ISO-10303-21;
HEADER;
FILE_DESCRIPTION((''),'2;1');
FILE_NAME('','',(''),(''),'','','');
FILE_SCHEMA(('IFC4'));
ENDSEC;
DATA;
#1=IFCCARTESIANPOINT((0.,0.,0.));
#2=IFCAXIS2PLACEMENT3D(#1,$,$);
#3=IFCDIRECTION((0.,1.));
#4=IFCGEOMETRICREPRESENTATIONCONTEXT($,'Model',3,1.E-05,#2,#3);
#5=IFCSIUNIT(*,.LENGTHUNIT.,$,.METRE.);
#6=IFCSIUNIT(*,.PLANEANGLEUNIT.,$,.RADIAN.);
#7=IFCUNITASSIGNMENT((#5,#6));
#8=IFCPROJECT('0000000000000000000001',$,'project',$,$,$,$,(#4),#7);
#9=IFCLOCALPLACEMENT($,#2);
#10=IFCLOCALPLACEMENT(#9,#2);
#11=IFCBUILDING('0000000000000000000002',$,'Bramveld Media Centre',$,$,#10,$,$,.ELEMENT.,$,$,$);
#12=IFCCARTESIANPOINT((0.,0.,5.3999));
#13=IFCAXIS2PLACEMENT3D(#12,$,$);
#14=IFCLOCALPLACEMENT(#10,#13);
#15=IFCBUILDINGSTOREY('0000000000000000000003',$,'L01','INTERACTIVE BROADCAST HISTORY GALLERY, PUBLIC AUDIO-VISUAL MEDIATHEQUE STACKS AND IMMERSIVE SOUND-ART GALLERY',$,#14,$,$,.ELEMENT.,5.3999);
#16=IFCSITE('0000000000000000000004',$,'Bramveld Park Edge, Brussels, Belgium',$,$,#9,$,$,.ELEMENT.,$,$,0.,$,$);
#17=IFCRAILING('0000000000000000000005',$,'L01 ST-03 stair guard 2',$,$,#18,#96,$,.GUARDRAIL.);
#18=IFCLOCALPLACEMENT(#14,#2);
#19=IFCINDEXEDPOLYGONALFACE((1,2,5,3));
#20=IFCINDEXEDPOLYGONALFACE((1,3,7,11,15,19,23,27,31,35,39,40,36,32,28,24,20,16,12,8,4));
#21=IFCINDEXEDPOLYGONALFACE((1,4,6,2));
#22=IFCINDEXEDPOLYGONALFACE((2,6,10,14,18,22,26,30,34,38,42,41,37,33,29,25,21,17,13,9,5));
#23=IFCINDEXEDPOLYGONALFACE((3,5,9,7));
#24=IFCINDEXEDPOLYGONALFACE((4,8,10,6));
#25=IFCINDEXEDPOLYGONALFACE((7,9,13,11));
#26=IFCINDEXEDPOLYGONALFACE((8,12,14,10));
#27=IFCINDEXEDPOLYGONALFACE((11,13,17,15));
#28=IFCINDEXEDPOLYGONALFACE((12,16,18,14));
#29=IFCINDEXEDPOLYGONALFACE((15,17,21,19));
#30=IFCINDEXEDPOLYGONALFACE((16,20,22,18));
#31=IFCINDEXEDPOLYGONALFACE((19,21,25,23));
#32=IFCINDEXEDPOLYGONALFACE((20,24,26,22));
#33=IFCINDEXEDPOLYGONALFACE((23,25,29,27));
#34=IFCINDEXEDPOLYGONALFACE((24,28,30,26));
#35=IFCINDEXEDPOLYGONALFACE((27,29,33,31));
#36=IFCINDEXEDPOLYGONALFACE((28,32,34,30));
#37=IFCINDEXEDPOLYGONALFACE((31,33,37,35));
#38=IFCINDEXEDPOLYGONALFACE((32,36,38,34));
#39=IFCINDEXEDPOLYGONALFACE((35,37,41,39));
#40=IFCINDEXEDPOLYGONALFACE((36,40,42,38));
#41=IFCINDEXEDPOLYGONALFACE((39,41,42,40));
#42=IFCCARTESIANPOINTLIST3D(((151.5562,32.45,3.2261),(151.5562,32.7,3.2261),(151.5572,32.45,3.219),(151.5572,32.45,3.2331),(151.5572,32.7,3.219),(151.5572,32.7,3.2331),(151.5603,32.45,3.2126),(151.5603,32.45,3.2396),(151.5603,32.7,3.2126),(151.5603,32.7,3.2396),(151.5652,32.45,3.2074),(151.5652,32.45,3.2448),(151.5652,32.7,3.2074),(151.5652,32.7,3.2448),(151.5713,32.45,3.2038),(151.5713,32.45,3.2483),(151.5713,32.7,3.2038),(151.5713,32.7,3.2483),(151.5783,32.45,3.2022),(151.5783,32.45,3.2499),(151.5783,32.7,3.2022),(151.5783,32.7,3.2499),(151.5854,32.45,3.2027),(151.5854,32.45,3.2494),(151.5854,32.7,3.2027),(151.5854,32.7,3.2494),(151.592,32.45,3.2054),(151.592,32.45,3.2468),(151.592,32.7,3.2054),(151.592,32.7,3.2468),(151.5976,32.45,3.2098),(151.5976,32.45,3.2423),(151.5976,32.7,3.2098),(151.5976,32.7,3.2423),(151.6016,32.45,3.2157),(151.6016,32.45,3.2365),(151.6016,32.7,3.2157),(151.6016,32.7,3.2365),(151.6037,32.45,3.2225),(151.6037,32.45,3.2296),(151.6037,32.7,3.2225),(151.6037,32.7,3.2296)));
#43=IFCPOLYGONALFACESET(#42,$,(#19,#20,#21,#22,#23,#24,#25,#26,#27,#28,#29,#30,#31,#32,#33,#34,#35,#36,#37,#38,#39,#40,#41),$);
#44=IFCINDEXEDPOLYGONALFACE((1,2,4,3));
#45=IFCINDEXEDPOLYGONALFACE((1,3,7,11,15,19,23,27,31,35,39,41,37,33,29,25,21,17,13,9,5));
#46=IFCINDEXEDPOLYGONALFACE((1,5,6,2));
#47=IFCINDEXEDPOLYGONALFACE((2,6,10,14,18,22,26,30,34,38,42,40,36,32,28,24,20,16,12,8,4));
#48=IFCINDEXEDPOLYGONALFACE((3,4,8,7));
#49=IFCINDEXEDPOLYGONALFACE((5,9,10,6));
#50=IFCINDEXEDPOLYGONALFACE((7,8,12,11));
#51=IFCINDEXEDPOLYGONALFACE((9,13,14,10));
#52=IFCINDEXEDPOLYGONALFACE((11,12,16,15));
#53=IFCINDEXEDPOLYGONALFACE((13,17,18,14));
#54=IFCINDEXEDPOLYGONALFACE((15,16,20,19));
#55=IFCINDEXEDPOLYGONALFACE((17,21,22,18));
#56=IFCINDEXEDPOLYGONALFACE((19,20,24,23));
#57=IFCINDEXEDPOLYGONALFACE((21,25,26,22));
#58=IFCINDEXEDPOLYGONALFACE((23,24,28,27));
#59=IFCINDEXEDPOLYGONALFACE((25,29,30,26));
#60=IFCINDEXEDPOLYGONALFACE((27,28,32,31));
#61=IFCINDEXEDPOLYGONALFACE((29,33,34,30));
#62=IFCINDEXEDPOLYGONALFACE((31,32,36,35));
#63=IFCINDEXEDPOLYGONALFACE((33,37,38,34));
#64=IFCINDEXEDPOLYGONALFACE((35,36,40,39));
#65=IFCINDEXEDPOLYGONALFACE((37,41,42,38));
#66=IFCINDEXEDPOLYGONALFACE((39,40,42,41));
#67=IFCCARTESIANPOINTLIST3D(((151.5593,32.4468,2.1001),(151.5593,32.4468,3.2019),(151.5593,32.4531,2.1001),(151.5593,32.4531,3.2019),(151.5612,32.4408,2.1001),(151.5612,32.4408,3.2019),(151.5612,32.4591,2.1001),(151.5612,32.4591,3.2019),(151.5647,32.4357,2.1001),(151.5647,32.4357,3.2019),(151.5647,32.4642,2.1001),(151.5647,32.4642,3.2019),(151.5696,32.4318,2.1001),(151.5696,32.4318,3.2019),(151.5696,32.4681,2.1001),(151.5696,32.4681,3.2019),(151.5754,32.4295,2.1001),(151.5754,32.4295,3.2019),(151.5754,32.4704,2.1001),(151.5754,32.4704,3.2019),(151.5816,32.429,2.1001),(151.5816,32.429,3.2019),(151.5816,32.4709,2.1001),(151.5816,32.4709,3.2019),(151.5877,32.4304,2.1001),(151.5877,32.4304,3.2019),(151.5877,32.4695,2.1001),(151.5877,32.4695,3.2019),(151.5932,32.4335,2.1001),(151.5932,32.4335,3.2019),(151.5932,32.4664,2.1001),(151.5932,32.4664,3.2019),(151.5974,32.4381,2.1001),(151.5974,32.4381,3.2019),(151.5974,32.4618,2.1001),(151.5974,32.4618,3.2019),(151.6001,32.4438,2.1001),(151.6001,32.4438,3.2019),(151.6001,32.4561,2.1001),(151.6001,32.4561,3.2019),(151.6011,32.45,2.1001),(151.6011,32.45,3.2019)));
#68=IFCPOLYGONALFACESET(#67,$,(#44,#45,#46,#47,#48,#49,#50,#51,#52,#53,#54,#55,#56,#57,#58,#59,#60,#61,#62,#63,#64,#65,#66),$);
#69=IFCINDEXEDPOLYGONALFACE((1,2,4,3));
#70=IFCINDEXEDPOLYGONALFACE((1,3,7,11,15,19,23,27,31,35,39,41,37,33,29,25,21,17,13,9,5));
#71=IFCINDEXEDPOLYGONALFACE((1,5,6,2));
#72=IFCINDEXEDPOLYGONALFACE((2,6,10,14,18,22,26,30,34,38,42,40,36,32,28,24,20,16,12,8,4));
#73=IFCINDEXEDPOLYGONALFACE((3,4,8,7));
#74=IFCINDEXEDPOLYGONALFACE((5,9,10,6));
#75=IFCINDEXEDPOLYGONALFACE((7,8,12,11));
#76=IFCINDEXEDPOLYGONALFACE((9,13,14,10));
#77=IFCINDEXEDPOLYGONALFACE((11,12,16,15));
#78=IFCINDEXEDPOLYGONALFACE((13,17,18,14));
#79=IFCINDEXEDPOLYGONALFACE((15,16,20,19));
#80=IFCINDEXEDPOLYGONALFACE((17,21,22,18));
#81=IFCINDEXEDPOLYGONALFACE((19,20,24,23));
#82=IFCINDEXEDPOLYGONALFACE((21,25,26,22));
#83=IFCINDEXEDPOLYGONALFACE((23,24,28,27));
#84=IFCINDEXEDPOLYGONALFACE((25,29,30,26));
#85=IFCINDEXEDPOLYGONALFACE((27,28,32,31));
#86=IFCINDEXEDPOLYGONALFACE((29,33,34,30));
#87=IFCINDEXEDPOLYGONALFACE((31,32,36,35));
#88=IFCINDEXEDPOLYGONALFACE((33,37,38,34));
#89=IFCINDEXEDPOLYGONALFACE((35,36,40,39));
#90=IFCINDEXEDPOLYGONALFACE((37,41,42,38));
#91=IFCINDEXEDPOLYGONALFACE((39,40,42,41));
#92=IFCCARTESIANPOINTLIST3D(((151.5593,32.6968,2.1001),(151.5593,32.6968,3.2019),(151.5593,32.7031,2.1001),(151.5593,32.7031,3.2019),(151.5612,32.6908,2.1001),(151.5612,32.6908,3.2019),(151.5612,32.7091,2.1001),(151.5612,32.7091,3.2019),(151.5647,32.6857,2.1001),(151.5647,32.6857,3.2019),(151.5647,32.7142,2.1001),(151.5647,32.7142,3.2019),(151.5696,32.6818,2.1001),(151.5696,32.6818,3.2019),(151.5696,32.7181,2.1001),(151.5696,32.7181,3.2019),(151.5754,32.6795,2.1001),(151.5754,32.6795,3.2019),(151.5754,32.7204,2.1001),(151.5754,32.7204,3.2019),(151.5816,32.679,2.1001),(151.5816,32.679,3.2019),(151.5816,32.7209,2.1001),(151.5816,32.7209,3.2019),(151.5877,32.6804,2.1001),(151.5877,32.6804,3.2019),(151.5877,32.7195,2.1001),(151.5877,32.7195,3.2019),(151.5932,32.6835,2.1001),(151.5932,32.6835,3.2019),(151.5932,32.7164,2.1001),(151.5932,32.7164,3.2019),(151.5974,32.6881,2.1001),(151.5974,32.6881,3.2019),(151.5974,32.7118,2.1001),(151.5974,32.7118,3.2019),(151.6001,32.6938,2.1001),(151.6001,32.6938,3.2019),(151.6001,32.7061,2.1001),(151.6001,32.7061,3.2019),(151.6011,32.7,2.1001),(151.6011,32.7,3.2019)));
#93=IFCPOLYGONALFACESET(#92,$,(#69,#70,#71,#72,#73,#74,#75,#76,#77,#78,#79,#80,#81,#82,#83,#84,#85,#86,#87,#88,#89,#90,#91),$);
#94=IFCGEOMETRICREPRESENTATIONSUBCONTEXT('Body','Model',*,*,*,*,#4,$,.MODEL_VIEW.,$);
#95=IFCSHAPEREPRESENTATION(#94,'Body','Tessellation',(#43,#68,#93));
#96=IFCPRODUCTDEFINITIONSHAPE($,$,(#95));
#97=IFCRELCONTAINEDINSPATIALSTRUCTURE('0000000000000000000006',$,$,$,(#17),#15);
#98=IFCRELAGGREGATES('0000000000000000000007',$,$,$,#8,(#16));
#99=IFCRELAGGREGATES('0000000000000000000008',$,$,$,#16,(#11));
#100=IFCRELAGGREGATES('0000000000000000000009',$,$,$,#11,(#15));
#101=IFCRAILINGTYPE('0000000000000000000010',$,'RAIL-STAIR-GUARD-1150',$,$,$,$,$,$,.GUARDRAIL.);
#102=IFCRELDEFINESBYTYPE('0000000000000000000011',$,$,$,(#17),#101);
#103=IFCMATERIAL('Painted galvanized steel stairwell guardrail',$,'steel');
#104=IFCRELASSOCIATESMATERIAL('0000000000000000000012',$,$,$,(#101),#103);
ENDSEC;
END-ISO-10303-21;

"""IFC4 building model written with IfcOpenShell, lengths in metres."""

from ifc_helpers import new_model, si_unit, direction, frame, origin, origin_2d, place, context, subcontext, project, spatial, circle, extrude, material, type_object, element, save


model = new_model("IFC4")

# Units and contexts
model_context = context("Model", 3, precision=1e-05, world=origin(), true_north=direction((0.0, 1.0)))
body_context = subcontext(model_context, "Body", "Model", "MODEL_VIEW")
ifc_project = project(units=[si_unit("LENGTHUNIT", "METRE"), si_unit("PLANEANGLEUNIT", "RADIAN")], contexts=[model_context])

# Site, building, storey
site_placement = place(None, origin())
site = spatial("IfcSite", under=ifc_project, at=site_placement, Name="Bramveld Park Edge, Brussels, Belgium", CompositionType="ELEMENT", RefElevation=0.0)
building_placement = place(site_placement, origin())
building = spatial("IfcBuilding", under=site, at=building_placement, Name="Bramveld Media Centre", CompositionType="ELEMENT")
storey_placement = place(building_placement, frame((0.0, 0.0, 5.3999)))
storey = spatial("IfcBuildingStorey", under=building, at=storey_placement, Name="L01", Description="INTERACTIVE BROADCAST HISTORY GALLERY, PUBLIC AUDIO-VISUAL MEDIATHEQUE STACKS AND IMMERSIVE SOUND-ART GALLERY", CompositionType="ELEMENT", Elevation=5.3999)

# Railing
ifc_material_1 = material(Name="Painted galvanized steel stairwell guardrail", Category="steel")
railing_type_1 = type_object("IfcRailingType", Name="RAIL-STAIR-GUARD-1150", PredefinedType="GUARDRAIL", material=ifc_material_1)
railing_1_placement = place(storey_placement, frame((151.5801, 32.45, 2.1001)))
element("IfcRailing", 1, at=railing_1_placement, inside=storey, type_object=railing_type_1, Name="L01 ST-03 stair guard 2", PredefinedType="GUARDRAIL", context=body_context, shape_type="SweptSolid", body=[
    extrude(circle(Radius=0.0239, at=origin_2d()), frame((0.0, 0.0, 1.126), z_axis=(0.0, 1.0, 0.0), x_axis=(-1.0, 0.0, 0.0)), (0.0, 0.0, 1.0), 0.25),
    extrude(circle(Radius=0.021, at=origin_2d()), origin(), (0.0, 0.0, 1.0), 1.1018),
    extrude(circle(Radius=0.021, at=origin_2d()), frame((0.0, 0.25, 0.0)), (0.0, 0.0, 1.0), 1.1018),
])

save(model, "model.ifc")
